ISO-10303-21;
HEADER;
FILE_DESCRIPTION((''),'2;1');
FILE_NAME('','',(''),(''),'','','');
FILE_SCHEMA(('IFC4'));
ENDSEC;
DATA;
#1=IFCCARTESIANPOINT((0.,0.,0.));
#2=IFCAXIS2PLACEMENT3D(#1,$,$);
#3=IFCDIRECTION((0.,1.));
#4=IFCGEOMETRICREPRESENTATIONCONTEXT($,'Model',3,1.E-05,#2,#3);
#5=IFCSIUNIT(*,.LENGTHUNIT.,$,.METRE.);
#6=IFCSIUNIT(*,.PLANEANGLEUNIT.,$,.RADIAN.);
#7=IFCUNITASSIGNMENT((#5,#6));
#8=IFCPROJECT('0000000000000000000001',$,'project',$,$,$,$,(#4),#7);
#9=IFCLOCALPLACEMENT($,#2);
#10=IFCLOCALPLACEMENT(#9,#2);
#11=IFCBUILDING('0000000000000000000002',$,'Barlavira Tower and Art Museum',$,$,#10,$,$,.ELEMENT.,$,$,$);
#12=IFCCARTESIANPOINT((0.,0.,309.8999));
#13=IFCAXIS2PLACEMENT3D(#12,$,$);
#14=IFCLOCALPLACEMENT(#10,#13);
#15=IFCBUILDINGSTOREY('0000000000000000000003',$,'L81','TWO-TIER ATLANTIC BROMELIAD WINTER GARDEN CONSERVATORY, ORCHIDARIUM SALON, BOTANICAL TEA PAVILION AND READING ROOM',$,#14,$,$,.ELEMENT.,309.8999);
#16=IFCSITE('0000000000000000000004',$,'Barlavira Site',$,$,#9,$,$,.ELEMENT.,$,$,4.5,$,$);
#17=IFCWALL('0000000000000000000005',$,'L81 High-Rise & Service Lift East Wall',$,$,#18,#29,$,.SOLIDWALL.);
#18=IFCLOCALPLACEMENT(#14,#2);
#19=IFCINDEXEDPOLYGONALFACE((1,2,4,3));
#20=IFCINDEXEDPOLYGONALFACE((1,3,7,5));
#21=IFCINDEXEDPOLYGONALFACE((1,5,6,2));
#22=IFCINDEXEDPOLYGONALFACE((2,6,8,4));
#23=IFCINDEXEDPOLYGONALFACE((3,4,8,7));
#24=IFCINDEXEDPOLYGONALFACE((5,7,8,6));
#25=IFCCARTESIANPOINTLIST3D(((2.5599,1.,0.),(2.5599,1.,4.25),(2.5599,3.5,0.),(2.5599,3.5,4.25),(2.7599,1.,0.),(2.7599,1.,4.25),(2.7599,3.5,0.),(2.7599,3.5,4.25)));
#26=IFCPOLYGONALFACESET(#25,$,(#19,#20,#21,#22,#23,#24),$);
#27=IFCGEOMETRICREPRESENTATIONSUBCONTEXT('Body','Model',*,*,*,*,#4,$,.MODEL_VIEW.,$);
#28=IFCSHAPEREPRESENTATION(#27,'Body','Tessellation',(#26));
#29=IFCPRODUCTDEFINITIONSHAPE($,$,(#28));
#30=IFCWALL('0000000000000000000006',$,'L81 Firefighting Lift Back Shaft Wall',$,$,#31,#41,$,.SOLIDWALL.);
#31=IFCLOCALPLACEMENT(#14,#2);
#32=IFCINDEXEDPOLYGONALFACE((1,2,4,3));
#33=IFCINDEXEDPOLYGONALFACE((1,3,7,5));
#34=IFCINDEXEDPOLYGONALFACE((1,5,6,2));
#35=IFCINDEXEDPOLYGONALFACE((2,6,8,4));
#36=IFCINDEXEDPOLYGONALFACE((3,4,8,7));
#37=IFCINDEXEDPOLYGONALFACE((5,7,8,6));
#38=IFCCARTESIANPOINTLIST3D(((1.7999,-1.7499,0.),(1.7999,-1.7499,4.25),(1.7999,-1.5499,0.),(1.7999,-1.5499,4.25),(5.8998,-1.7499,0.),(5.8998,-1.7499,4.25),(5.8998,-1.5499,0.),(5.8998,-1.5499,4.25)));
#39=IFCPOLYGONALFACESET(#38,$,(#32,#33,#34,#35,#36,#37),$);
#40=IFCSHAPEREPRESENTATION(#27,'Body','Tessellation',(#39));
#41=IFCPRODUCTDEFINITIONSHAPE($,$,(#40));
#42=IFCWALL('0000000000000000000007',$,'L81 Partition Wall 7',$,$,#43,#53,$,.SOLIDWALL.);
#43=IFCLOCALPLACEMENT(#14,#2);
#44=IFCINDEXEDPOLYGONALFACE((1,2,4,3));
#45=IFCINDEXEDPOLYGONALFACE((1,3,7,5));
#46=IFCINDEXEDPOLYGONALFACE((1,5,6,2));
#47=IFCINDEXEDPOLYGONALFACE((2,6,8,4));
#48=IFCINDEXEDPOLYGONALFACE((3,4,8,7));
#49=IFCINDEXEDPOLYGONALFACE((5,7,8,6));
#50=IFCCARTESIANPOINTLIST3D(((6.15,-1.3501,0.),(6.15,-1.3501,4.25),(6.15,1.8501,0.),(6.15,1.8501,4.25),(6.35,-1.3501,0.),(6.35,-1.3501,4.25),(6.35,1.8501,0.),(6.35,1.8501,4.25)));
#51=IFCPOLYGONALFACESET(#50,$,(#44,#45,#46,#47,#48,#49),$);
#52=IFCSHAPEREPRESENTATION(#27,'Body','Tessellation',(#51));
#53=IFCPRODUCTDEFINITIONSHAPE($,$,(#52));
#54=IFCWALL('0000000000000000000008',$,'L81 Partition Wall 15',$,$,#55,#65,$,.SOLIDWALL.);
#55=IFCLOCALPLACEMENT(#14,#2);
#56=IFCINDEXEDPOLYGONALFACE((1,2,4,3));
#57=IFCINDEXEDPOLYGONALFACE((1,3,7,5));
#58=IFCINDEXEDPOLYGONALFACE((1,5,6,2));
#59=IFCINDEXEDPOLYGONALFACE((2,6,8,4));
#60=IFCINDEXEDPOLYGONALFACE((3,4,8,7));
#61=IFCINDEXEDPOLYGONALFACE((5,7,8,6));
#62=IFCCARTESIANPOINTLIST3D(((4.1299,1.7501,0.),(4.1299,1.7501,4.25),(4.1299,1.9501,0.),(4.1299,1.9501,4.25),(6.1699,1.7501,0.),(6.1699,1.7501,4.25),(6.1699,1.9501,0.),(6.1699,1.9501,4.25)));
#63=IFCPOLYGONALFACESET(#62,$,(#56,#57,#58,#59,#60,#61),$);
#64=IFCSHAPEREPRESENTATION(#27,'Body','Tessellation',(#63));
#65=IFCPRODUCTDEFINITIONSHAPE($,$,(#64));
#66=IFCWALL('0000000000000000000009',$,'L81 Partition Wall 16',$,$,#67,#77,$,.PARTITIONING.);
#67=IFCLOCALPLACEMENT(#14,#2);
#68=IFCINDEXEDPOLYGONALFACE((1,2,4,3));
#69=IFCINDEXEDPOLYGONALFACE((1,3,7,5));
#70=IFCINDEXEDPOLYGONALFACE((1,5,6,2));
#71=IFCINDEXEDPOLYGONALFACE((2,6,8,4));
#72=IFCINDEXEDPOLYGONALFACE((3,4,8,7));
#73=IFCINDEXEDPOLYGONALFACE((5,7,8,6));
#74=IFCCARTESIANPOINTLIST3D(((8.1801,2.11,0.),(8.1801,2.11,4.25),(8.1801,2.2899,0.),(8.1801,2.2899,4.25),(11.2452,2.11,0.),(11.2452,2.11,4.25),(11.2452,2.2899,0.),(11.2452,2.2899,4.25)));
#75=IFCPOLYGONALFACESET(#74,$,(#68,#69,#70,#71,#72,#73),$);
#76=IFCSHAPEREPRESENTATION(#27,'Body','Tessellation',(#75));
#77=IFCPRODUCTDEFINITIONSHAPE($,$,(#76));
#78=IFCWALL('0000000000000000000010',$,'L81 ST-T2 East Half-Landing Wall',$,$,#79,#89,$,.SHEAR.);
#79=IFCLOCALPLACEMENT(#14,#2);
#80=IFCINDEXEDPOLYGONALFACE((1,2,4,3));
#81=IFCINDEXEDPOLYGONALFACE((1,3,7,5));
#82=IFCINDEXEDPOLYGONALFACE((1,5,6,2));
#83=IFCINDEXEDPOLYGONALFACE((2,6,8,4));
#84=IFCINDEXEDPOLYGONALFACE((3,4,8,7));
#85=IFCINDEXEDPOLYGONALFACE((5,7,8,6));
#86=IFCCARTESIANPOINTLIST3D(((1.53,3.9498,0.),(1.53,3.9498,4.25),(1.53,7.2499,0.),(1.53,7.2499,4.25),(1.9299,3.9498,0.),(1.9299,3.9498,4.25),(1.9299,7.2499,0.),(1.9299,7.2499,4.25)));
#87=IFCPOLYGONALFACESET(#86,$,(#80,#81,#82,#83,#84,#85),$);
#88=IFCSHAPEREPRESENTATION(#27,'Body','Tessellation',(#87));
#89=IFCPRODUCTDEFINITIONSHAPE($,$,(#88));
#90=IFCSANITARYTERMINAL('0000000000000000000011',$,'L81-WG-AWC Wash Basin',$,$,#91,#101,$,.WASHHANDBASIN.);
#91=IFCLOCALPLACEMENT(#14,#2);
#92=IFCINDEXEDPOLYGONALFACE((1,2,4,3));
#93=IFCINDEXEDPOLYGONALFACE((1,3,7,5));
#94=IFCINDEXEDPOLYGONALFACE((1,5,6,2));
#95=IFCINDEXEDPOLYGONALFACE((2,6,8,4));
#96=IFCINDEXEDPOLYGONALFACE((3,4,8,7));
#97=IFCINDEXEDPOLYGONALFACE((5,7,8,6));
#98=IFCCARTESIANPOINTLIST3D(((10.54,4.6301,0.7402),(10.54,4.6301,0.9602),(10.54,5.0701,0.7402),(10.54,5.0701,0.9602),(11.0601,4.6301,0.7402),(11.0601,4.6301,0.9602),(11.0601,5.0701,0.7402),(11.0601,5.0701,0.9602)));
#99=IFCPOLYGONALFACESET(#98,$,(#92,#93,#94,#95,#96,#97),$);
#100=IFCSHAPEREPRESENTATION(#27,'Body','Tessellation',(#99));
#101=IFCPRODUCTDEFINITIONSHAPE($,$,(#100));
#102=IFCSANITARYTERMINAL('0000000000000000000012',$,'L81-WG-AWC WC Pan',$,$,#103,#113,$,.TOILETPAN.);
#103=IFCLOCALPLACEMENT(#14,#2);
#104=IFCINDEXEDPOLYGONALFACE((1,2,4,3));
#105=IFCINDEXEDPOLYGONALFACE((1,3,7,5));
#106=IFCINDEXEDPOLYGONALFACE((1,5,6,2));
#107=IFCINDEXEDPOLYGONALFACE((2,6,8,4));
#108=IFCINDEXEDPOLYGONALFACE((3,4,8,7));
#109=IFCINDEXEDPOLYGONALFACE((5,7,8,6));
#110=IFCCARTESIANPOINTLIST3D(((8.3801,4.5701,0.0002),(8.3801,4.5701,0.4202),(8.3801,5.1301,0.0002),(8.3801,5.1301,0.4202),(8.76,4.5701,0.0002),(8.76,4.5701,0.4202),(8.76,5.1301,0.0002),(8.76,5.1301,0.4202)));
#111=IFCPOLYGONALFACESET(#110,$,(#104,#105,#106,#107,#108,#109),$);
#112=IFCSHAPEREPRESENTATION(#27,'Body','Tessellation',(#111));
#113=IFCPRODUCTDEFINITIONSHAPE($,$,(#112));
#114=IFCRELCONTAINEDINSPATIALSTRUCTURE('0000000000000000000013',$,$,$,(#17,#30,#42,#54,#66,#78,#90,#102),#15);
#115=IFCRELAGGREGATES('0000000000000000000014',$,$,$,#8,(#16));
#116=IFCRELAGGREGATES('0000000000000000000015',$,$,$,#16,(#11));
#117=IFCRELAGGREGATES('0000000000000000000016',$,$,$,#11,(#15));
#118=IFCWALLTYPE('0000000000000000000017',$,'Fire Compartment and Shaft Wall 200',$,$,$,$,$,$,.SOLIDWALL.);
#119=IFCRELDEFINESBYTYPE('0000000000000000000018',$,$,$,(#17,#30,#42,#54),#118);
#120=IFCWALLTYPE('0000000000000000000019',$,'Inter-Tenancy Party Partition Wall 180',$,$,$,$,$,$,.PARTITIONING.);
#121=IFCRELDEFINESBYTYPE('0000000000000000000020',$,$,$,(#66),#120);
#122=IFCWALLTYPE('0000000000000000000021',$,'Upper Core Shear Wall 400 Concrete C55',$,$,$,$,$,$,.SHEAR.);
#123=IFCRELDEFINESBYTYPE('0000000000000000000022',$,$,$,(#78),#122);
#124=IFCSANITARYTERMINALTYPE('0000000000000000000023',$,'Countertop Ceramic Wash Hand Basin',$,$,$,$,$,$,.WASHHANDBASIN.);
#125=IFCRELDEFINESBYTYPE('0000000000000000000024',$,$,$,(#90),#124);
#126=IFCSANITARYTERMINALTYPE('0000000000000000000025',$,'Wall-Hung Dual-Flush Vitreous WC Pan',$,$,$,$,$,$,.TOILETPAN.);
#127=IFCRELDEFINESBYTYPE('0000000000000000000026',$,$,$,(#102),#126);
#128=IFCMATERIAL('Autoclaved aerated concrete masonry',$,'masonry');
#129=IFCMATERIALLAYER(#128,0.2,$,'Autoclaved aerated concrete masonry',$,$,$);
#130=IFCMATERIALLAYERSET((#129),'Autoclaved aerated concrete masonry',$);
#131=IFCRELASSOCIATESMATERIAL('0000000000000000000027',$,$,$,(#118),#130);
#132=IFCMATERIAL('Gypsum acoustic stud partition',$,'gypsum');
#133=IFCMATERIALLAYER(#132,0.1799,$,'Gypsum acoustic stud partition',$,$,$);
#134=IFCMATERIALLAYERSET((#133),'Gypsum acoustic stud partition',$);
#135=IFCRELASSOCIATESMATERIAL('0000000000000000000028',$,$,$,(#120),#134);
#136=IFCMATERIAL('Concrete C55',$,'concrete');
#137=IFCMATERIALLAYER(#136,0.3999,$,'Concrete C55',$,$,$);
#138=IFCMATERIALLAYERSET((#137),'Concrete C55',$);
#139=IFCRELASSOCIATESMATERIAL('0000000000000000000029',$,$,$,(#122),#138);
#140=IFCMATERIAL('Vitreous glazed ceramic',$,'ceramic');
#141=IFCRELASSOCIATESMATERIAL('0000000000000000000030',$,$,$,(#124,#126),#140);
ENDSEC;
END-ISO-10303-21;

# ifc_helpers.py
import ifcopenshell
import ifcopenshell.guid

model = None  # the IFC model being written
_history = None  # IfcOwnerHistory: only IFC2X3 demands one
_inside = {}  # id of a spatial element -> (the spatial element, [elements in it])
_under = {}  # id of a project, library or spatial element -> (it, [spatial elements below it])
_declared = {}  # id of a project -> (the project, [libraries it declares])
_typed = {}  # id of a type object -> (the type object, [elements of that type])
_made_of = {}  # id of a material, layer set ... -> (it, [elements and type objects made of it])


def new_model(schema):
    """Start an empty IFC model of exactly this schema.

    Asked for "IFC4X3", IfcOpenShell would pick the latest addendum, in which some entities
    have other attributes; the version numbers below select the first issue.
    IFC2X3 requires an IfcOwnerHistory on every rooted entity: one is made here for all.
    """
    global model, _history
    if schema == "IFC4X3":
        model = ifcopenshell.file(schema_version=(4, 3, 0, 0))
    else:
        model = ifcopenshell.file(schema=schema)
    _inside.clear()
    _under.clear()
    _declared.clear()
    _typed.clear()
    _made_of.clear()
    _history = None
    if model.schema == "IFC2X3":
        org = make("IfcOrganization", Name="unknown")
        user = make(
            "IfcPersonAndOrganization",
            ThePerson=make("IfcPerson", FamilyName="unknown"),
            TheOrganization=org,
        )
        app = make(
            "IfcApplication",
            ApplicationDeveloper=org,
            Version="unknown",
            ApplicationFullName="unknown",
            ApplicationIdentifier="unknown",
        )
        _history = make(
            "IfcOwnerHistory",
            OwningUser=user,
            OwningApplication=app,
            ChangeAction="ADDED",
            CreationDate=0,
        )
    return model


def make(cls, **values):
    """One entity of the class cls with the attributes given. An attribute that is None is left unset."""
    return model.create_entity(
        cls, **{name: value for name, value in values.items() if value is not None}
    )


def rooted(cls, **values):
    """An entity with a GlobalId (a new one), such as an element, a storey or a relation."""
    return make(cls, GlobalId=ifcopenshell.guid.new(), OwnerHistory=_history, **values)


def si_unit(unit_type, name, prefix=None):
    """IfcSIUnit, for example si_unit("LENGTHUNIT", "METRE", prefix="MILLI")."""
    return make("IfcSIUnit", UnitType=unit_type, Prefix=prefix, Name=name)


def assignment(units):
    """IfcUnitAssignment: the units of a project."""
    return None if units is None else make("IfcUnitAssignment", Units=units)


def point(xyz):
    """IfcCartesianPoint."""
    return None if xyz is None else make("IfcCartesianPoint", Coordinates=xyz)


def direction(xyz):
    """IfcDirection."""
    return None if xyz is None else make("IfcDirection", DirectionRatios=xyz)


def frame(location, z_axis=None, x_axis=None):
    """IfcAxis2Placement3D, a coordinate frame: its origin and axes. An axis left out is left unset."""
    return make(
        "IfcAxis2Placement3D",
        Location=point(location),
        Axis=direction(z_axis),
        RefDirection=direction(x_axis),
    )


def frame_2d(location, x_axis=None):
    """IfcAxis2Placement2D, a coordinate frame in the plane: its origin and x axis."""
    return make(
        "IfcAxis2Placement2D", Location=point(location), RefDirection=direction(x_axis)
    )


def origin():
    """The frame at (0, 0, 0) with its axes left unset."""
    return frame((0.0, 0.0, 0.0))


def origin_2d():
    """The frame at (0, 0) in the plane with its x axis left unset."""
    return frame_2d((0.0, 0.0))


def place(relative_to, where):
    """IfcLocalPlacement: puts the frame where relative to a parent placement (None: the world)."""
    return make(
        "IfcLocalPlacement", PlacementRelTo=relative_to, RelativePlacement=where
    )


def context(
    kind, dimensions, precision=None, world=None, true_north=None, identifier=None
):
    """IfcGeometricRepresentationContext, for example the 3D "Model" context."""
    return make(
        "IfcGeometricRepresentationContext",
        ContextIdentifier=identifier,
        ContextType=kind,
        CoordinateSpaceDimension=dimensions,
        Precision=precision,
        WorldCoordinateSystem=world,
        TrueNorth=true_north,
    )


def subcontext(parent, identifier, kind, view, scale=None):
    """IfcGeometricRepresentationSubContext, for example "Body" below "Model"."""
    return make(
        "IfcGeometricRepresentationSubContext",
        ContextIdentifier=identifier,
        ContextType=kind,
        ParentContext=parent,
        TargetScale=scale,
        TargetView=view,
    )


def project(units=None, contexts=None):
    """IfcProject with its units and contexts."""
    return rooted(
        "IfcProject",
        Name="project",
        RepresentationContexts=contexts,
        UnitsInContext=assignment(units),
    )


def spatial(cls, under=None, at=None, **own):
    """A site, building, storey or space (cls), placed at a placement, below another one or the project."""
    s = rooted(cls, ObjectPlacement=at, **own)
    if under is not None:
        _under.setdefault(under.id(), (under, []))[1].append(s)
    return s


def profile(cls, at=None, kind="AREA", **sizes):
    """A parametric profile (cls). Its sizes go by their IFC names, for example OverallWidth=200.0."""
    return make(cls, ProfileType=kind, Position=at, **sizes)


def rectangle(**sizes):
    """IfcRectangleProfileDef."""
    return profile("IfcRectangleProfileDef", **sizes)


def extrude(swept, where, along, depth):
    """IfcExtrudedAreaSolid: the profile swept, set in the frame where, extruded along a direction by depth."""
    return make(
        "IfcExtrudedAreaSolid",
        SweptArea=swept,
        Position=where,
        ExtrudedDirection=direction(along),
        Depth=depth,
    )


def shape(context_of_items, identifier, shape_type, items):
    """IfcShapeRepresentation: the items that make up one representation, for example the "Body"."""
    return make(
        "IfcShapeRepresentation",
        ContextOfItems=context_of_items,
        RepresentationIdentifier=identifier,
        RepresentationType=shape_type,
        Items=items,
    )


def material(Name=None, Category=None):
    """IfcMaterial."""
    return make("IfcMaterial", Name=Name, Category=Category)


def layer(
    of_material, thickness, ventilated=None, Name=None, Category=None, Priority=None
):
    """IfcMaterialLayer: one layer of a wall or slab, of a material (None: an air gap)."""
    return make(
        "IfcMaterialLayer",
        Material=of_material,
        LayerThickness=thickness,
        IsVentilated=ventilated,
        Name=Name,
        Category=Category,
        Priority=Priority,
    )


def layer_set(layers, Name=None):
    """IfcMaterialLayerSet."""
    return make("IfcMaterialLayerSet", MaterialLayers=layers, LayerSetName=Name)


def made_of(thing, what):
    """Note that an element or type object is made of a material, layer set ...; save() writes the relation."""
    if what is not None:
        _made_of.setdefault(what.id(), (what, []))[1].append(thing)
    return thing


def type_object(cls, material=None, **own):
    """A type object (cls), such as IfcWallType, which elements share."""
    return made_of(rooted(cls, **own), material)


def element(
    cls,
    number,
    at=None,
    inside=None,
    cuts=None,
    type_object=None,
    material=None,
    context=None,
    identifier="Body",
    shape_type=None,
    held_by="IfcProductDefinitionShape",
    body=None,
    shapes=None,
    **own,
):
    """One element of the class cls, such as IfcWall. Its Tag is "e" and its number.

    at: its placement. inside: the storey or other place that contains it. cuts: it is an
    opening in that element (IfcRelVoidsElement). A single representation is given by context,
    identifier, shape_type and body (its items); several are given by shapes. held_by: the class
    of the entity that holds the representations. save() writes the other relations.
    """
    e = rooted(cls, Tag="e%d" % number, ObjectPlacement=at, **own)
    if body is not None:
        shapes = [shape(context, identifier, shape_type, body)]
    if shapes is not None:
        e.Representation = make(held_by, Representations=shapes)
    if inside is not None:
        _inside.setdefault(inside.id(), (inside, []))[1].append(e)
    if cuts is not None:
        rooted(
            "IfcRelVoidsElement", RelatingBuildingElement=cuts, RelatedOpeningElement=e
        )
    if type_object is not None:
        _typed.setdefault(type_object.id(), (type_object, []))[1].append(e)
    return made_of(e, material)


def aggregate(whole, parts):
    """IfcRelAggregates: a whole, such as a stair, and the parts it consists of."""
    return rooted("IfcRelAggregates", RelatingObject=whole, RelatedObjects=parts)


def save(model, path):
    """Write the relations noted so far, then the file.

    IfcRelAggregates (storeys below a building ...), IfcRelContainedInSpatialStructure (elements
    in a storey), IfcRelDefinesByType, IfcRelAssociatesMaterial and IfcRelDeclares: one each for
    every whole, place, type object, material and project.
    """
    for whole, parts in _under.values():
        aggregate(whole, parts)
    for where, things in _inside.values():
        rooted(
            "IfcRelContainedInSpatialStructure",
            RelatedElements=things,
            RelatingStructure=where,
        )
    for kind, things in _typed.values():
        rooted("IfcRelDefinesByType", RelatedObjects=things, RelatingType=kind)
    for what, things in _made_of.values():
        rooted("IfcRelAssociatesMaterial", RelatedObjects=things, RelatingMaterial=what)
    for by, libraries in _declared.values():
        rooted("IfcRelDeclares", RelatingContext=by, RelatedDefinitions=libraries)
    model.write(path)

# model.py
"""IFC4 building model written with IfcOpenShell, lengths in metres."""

from ifc_helpers import new_model, si_unit, direction, frame, frame_2d, origin, origin_2d, place, context, subcontext, project, spatial, rectangle, extrude, material, layer, layer_set, type_object, element, save


model = new_model("IFC4")

# Units and contexts
model_context = context("Model", 3, precision=1e-05, world=origin(), true_north=direction((0.0, 1.0)))
body_context = subcontext(model_context, "Body", "Model", "MODEL_VIEW")
ifc_project = project(units=[si_unit("LENGTHUNIT", "METRE"), si_unit("PLANEANGLEUNIT", "RADIAN")], contexts=[model_context])

# Site, building, storey
site_placement = place(None, origin())
site = spatial("IfcSite", under=ifc_project, at=site_placement, Name="Barlavira Site", CompositionType="ELEMENT", RefElevation=4.5)
building_placement = place(site_placement, origin())
building = spatial("IfcBuilding", under=site, at=building_placement, Name="Barlavira Tower and Art Museum", CompositionType="ELEMENT")
storey_placement = place(building_placement, frame((0.0, 0.0, 309.8999)))
storey = spatial("IfcBuildingStorey", under=building, at=storey_placement, Name="L81", Description="TWO-TIER ATLANTIC BROMELIAD WINTER GARDEN CONSERVATORY, ORCHIDARIUM SALON, BOTANICAL TEA PAVILION AND READING ROOM", CompositionType="ELEMENT", Elevation=309.8999)

# Walls
ifc_material_1 = material(Name="Autoclaved aerated concrete masonry", Category="masonry")
ifc_layer_1 = layer(ifc_material_1, 0.2, Name="Autoclaved aerated concrete masonry")
ifc_layer_set_1 = layer_set([ifc_layer_1], Name="Autoclaved aerated concrete masonry")
wall_type_1 = type_object("IfcWallType", Name="Fire Compartment and Shaft Wall 200", PredefinedType="SOLIDWALL", material=ifc_layer_set_1)
wall_1_placement = place(storey_placement, frame((2.6599, 1.0, 0.0), z_axis=(0.0, 0.0, 1.0), x_axis=(0.0, 1.0, 0.0)))
element("IfcWall", 1, at=wall_1_placement, inside=storey, type_object=wall_type_1, Name="L81 High-Rise & Service Lift East Wall", PredefinedType="SOLIDWALL", context=body_context, shape_type="SweptSolid", body=[
    extrude(rectangle(XDim=2.5, YDim=0.2, at=frame_2d((1.25, 0.0))), origin(), (0.0, 0.0, 1.0), 4.25),
])
wall_2_placement = place(storey_placement, frame((1.8, -1.6499, 0.0), z_axis=(0.0, 0.0, 1.0), x_axis=(1.0, 0.0, 0.0)))
element("IfcWall", 2, at=wall_2_placement, inside=storey, type_object=wall_type_1, Name="L81 Firefighting Lift Back Shaft Wall", PredefinedType="SOLIDWALL", context=body_context, shape_type="SweptSolid", body=[
    extrude(rectangle(XDim=4.0999, YDim=0.2, at=frame_2d((2.0498, 0.0))), origin(), (0.0, 0.0, 1.0), 4.25),
])

# Walls
wall_3_placement = place(storey_placement, frame((6.25, -1.3501, 0.0), z_axis=(0.0, 0.0, 1.0), x_axis=(0.0, 1.0, 0.0)))
element("IfcWall", 3, at=wall_3_placement, inside=storey, type_object=wall_type_1, Name="L81 Partition Wall 7", PredefinedType="SOLIDWALL", context=body_context, shape_type="SweptSolid", body=[
    extrude(rectangle(XDim=3.2002, YDim=0.2, at=frame_2d((1.6001, 0.0))), origin(), (0.0, 0.0, 1.0), 4.25),
])
wall_4_placement = place(storey_placement, frame((4.1299, 1.8501, 0.0), z_axis=(0.0, 0.0, 1.0), x_axis=(1.0, 0.0, 0.0)))
element("IfcWall", 4, at=wall_4_placement, inside=storey, type_object=wall_type_1, Name="L81 Partition Wall 15", PredefinedType="SOLIDWALL", context=body_context, shape_type="SweptSolid", body=[
    extrude(rectangle(XDim=2.04, YDim=0.2, at=frame_2d((1.02, 0.0))), origin(), (0.0, 0.0, 1.0), 4.25),
])
ifc_material_2 = material(Name="Gypsum acoustic stud partition", Category="gypsum")
ifc_layer_2 = layer(ifc_material_2, 0.1799, Name="Gypsum acoustic stud partition")
ifc_layer_set_2 = layer_set([ifc_layer_2], Name="Gypsum acoustic stud partition")
wall_type_2 = type_object("IfcWallType", Name="Inter-Tenancy Party Partition Wall 180", PredefinedType="PARTITIONING", material=ifc_layer_set_2)
wall_5_placement = place(storey_placement, frame((8.1799, 2.2, 0.0), z_axis=(0.0, 0.0, 1.0), x_axis=(1.0, 0.0, 0.0)))
element("IfcWall", 5, at=wall_5_placement, inside=storey, type_object=wall_type_2, Name="L81 Partition Wall 16", PredefinedType="PARTITIONING", context=body_context, shape_type="SweptSolid", body=[
    extrude(rectangle(XDim=3.0652, YDim=0.1799, at=frame_2d((1.5327, 0.0))), origin(), (0.0, 0.0, 1.0), 4.25),
])
ifc_material_3 = material(Name="Concrete C55", Category="concrete")
ifc_layer_3 = layer(ifc_material_3, 0.3999, Name="Concrete C55")
ifc_layer_set_3 = layer_set([ifc_layer_3], Name="Concrete C55")
wall_type_3 = type_object("IfcWallType", Name="Upper Core Shear Wall 400 Concrete C55", PredefinedType="SHEAR", material=ifc_layer_set_3)
wall_6_placement = place(storey_placement, frame((1.73, 3.95, 0.0), z_axis=(0.0, 0.0, 1.0), x_axis=(0.0, 1.0, 0.0)))
element("IfcWall", 6, at=wall_6_placement, inside=storey, type_object=wall_type_3, Name="L81 ST-T2 East Half-Landing Wall", PredefinedType="SHEAR", context=body_context, shape_type="SweptSolid", body=[
    extrude(rectangle(XDim=3.3, YDim=0.3999, at=frame_2d((1.6499, 0.0))), origin(), (0.0, 0.0, 1.0), 4.25),
])

# Sanitary terminals
ifc_material_4 = material(Name="Vitreous glazed ceramic", Category="ceramic")
sanitary_terminal_type_1 = type_object("IfcSanitaryTerminalType", Name="Countertop Ceramic Wash Hand Basin", PredefinedType="WASHHANDBASIN", material=ifc_material_4)
sanitary_terminal_1_placement = place(storey_placement, frame((10.8, 4.8501, 0.7402), z_axis=(0.0, 0.0, 1.0), x_axis=(1.0, 0.0, 0.0)))
element("IfcSanitaryTerminal", 7, at=sanitary_terminal_1_placement, inside=storey, type_object=sanitary_terminal_type_1, Name="L81-WG-AWC Wash Basin", PredefinedType="WASHHANDBASIN", context=body_context, shape_type="SweptSolid", body=[
    extrude(rectangle(XDim=0.52, YDim=0.4399, at=origin_2d()), origin(), (0.0, 0.0, 1.0), 0.22),
])
sanitary_terminal_type_2 = type_object("IfcSanitaryTerminalType", Name="Wall-Hung Dual-Flush Vitreous WC Pan", PredefinedType="TOILETPAN", material=ifc_material_4)
sanitary_terminal_2_placement = place(storey_placement, frame((8.5701, 4.8501, 0.0002), z_axis=(0.0, 0.0, 1.0), x_axis=(1.0, 0.0, 0.0)))
element("IfcSanitaryTerminal", 8, at=sanitary_terminal_2_placement, inside=storey, type_object=sanitary_terminal_type_2, Name="L81-WG-AWC WC Pan", PredefinedType="TOILETPAN", context=body_context, shape_type="SweptSolid", body=[
    extrude(rectangle(XDim=0.3799, YDim=0.5601, at=origin_2d()), origin(), (0.0, 0.0, 1.0), 0.4199),
])

save(model, "model.ifc")
